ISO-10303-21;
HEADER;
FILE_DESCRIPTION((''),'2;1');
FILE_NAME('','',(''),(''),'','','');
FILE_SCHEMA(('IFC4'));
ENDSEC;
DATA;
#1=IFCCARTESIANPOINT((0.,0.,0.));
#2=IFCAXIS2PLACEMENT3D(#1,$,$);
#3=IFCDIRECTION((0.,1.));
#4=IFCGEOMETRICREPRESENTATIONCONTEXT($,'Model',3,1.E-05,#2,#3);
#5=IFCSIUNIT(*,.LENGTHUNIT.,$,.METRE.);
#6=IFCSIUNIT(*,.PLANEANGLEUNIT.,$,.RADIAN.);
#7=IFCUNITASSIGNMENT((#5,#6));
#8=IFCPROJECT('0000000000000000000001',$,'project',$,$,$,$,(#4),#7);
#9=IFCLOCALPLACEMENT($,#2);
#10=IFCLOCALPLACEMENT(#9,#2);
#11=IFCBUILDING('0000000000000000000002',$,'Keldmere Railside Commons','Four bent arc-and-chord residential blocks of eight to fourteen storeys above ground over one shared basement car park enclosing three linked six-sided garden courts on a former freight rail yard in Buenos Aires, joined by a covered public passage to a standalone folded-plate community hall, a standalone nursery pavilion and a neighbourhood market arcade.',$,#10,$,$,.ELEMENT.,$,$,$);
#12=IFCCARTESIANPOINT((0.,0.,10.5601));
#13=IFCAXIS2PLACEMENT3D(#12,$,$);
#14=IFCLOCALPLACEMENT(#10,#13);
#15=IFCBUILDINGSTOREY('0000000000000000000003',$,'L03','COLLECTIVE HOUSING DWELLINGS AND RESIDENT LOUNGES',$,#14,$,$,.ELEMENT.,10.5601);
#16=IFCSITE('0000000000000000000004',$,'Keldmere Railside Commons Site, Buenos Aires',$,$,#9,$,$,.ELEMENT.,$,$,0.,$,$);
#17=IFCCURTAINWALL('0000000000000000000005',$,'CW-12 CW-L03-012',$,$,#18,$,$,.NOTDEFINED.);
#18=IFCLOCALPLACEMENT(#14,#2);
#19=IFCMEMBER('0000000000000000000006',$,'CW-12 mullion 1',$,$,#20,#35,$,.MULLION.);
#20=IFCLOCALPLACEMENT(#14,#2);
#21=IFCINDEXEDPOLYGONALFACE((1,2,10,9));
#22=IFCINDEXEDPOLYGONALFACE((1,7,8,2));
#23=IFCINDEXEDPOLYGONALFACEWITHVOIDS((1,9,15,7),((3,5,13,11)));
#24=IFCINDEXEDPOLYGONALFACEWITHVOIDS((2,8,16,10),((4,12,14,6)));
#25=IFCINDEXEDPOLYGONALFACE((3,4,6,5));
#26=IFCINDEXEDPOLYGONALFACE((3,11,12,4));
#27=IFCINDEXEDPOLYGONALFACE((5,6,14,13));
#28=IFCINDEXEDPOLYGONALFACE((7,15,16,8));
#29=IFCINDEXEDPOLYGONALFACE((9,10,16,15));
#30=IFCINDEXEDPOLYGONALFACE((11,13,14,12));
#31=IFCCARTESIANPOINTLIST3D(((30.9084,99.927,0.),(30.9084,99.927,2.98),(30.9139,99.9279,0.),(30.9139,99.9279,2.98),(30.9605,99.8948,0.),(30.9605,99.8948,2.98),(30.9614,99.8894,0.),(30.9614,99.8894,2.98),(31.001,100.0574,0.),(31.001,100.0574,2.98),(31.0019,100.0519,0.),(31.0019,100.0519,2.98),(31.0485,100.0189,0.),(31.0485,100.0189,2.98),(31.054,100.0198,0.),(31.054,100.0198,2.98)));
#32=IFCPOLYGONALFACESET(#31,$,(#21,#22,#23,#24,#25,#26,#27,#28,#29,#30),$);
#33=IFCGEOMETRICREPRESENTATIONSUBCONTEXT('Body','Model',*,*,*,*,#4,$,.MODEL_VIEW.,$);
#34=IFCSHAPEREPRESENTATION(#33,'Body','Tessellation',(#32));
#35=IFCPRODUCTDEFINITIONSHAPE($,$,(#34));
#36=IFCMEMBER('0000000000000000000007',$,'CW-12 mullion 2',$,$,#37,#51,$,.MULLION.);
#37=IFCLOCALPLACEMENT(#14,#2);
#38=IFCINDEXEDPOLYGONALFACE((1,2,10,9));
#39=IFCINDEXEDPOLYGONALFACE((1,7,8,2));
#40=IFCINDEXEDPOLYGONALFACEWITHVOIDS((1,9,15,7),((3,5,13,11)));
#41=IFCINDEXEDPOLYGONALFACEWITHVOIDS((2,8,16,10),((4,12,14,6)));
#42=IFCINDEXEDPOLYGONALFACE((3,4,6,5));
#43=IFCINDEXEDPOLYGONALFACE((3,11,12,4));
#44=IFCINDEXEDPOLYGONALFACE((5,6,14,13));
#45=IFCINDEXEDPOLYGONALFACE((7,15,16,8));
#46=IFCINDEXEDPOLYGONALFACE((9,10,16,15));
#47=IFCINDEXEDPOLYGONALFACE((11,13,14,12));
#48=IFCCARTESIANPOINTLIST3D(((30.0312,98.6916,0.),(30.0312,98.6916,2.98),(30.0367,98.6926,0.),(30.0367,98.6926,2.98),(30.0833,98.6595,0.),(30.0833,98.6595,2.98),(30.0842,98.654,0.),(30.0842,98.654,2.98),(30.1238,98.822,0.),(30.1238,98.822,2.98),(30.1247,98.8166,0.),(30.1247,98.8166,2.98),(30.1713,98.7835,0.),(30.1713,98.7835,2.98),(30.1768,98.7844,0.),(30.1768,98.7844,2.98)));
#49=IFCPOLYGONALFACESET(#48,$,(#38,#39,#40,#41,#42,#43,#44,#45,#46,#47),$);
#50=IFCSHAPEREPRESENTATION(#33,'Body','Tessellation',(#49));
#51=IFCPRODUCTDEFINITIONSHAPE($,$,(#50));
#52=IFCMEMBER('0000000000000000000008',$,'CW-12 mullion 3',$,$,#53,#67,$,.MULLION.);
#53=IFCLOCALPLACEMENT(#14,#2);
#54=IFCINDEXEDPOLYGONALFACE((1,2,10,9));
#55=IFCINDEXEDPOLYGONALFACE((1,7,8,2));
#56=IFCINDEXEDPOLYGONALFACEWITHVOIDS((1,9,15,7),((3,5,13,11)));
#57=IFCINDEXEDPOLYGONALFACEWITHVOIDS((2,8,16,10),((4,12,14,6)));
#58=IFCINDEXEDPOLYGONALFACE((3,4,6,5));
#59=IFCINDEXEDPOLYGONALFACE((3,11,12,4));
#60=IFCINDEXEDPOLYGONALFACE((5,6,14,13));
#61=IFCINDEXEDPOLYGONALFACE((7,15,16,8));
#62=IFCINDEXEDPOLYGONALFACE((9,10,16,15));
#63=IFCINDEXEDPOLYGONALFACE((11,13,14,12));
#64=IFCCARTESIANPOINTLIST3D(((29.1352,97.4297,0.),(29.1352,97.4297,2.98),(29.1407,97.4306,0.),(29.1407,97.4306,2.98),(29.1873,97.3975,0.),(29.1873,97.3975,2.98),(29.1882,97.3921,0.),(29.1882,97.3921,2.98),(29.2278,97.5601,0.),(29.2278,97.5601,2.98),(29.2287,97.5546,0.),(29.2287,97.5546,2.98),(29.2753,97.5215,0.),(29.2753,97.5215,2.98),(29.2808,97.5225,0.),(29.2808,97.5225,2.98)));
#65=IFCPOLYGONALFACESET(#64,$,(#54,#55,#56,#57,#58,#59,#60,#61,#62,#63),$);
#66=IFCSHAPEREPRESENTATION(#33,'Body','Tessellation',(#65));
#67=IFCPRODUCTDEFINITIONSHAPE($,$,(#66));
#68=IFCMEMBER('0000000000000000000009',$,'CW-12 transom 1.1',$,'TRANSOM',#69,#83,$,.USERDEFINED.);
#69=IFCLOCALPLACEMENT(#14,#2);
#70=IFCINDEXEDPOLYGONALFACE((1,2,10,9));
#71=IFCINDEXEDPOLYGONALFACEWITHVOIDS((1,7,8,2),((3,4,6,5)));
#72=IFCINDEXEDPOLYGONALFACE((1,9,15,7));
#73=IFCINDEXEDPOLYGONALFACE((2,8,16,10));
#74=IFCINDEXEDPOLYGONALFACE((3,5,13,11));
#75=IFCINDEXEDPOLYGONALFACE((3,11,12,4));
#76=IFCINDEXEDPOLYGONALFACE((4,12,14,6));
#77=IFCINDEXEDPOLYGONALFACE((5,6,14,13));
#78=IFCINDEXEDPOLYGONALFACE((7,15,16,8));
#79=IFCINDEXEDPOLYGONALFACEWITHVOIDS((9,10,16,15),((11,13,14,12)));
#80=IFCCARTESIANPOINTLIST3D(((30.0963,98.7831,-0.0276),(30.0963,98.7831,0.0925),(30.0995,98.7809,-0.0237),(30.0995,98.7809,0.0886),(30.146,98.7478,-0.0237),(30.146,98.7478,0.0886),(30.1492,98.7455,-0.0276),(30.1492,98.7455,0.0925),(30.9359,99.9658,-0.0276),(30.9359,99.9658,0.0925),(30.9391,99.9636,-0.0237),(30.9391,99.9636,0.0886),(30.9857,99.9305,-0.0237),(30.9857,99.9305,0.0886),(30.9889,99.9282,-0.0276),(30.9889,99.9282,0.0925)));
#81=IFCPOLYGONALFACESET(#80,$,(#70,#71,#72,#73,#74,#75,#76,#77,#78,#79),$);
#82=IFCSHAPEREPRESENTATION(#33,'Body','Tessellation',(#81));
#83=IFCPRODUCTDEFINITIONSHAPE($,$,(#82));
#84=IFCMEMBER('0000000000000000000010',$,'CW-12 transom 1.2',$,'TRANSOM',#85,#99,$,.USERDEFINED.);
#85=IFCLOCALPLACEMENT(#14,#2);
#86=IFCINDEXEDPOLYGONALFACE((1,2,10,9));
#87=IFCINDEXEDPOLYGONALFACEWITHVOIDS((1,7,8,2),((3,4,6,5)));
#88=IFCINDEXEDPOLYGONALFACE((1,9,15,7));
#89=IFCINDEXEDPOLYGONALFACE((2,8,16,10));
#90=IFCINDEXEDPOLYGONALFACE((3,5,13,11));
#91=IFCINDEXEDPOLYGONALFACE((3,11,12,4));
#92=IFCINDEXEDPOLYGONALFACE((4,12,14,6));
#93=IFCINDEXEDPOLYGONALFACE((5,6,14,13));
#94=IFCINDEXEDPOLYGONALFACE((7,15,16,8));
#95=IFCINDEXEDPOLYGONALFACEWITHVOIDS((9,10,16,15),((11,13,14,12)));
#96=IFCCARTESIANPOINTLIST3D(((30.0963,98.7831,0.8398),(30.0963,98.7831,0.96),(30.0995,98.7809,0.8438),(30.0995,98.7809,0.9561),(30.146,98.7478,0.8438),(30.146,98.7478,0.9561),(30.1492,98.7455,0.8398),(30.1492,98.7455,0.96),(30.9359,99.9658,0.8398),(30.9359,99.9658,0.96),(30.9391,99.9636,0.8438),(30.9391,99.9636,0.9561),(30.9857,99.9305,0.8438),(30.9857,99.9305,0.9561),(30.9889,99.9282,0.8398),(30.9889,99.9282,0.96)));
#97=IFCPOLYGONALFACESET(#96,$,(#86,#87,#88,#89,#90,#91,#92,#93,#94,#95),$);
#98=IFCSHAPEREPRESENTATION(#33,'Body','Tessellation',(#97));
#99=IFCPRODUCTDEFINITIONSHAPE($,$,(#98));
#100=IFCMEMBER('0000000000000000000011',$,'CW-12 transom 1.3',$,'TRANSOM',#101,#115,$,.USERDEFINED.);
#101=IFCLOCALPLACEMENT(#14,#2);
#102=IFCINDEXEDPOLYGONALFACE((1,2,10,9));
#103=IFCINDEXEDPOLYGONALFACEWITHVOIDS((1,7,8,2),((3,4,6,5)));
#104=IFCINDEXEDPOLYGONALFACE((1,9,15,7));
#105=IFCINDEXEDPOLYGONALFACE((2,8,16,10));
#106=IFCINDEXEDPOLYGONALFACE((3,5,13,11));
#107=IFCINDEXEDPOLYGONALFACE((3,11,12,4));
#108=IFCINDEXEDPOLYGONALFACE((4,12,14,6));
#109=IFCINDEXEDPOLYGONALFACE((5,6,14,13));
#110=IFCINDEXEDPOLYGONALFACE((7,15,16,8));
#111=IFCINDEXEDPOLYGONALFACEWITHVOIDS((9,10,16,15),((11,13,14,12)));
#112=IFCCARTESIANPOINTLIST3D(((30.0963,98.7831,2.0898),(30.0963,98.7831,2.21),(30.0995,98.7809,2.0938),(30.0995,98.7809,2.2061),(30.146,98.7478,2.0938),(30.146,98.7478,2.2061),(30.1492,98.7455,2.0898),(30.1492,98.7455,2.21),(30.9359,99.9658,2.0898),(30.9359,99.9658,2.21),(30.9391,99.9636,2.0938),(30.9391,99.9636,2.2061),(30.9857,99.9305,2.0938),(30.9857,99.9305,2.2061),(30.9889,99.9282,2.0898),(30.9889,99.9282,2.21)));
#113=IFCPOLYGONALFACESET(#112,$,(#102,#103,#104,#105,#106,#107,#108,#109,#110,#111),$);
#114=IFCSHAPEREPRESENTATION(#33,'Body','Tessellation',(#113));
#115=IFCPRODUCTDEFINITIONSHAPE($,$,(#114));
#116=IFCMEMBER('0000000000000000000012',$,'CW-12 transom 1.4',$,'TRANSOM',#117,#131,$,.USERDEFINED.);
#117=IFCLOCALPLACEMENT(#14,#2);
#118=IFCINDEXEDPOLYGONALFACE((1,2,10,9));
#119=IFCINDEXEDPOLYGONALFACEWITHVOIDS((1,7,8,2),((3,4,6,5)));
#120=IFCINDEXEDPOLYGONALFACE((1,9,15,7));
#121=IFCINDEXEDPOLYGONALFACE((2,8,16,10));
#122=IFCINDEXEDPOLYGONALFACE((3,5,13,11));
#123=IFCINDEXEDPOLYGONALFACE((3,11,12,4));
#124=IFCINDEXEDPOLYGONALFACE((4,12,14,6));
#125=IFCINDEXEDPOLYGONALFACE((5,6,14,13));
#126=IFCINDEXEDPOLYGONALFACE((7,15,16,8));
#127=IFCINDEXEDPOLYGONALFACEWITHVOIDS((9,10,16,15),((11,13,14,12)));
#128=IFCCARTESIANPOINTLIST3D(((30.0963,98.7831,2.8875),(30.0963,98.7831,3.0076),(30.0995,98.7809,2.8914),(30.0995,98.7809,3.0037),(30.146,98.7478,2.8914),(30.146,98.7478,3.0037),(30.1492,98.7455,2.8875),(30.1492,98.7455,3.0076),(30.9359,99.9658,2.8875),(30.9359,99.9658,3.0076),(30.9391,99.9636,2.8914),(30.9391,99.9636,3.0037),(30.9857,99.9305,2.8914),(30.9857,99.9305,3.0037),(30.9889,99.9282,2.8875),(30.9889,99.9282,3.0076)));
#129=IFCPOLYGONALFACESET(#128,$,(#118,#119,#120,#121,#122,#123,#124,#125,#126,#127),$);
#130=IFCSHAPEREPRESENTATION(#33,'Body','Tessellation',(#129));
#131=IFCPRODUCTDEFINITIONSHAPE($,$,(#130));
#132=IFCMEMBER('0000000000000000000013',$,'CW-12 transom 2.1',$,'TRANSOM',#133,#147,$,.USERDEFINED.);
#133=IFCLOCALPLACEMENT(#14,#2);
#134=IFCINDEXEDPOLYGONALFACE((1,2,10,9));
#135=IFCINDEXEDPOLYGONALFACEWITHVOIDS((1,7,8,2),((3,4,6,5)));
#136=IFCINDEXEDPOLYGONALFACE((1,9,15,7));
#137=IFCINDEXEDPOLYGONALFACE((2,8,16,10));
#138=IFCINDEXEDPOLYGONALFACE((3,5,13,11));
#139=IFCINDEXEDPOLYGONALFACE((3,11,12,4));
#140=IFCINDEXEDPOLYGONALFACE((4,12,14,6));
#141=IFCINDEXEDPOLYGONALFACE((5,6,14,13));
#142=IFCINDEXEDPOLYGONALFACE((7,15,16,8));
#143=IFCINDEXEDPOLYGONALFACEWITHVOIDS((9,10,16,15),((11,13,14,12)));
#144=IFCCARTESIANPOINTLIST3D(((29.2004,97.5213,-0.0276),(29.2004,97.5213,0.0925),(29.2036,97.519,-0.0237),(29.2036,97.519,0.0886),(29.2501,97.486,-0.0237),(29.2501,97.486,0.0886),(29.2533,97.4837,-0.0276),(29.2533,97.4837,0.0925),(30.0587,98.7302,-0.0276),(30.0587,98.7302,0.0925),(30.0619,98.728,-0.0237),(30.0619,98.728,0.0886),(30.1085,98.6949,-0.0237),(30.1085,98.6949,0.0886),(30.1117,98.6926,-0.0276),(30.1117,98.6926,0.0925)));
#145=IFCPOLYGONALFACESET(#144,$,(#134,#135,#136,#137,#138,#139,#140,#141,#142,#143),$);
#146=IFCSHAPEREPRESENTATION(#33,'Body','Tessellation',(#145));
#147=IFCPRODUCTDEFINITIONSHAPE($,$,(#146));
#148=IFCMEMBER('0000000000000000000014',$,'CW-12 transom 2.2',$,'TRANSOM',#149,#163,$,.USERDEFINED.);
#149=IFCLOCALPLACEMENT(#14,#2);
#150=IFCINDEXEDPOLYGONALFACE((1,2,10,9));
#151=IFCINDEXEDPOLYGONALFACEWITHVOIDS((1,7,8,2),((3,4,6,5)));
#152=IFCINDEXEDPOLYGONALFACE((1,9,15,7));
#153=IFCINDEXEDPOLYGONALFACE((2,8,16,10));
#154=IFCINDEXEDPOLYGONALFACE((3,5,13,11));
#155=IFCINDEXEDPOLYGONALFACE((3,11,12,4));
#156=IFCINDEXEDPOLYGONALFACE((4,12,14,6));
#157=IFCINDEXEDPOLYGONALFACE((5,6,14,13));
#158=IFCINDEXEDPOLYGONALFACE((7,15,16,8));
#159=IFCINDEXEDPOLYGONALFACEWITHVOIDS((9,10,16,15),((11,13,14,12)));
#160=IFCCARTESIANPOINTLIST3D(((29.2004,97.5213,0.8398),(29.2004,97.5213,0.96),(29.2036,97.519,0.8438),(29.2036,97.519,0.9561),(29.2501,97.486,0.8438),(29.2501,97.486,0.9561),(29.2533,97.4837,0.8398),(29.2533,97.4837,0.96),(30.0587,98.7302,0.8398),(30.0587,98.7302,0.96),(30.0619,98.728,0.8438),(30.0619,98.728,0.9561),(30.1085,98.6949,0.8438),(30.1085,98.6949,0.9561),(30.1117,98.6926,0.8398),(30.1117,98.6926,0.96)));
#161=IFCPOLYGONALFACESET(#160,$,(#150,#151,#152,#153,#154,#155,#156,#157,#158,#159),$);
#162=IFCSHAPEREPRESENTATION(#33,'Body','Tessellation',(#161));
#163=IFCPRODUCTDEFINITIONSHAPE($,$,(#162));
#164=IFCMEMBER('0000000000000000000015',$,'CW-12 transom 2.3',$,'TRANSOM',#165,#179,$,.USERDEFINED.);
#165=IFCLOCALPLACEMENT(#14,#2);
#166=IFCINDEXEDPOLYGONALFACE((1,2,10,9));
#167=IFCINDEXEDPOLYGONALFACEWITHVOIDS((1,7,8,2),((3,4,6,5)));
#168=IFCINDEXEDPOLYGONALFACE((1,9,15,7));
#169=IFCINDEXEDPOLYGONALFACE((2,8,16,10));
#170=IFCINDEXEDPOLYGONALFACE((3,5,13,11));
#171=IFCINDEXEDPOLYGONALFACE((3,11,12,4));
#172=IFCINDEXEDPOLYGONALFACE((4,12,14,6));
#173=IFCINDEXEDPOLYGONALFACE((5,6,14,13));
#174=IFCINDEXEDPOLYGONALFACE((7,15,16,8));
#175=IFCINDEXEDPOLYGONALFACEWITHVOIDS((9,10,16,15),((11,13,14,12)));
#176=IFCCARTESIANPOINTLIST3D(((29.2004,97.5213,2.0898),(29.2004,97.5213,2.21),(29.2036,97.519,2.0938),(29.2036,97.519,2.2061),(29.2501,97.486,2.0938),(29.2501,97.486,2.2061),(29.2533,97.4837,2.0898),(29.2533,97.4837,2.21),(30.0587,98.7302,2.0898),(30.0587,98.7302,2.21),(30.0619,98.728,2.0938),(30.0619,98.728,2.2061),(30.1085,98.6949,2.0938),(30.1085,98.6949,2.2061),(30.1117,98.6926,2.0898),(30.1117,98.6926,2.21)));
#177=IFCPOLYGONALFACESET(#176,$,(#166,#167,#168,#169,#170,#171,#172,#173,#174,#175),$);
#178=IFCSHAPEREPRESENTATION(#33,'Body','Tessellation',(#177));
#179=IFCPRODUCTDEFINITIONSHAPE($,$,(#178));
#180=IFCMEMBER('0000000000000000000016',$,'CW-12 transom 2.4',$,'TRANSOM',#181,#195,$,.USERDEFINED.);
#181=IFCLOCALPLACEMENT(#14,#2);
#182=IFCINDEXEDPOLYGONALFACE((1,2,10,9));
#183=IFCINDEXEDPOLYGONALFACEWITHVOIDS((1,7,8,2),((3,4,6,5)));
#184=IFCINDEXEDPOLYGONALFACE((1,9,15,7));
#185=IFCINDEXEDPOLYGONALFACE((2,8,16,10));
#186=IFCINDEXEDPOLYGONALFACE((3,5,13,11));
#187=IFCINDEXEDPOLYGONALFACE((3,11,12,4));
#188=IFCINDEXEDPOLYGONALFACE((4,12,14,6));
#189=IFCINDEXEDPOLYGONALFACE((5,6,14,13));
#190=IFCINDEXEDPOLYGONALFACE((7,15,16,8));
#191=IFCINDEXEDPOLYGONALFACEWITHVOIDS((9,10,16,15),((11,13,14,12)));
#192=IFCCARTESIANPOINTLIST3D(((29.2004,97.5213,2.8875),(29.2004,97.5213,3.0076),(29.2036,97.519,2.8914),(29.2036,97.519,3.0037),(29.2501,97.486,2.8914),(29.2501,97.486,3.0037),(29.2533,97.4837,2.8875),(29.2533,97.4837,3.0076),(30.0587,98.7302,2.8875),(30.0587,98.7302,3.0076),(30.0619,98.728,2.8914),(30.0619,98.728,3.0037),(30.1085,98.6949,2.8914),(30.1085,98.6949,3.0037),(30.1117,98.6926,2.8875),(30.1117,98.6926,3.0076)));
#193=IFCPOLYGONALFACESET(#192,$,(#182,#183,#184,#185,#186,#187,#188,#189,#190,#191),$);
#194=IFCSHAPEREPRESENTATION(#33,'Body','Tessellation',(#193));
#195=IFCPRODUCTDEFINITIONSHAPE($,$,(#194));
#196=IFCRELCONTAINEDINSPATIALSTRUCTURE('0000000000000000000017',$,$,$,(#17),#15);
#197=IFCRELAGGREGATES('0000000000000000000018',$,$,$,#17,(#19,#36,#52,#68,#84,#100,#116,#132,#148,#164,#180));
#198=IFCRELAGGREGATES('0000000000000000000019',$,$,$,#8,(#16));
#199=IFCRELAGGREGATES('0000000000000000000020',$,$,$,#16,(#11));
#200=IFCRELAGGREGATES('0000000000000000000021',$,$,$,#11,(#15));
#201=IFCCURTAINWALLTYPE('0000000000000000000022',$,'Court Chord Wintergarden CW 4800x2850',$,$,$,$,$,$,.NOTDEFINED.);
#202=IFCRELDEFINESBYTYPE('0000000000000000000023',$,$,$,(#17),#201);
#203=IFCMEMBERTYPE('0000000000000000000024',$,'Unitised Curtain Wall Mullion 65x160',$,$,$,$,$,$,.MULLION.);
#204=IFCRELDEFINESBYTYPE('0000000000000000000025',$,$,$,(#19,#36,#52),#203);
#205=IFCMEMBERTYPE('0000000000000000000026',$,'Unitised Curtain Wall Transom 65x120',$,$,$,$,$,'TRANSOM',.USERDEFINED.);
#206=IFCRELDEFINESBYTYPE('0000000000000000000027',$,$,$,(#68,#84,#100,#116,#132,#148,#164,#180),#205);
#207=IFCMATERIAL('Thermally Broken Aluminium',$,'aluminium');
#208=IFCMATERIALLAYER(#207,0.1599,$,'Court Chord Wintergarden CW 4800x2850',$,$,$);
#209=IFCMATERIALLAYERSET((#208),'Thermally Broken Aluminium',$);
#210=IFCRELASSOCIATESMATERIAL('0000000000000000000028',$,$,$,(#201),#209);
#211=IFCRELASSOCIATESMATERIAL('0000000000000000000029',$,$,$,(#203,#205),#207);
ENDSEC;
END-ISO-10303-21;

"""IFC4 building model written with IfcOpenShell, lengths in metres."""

from ifc_helpers import new_model, si_unit, direction, frame, origin, origin_2d, place, context, subcontext, project, spatial, hollow_rectangle, extrude, material, layer, layer_set, material_profile, profile_set, type_object, element, aggregate, save


model = new_model("IFC4")

# Units and contexts
model_context = context("Model", 3, precision=1e-05, world=origin(), true_north=direction((0.0, 1.0)))
body_context = subcontext(model_context, "Body", "Model", "MODEL_VIEW")
ifc_project = project(units=[si_unit("LENGTHUNIT", "METRE"), si_unit("PLANEANGLEUNIT", "RADIAN")], contexts=[model_context])

# Site, building, storey
site_placement = place(None, origin())
site = spatial("IfcSite", under=ifc_project, at=site_placement, Name="Keldmere Railside Commons Site, Buenos Aires", CompositionType="ELEMENT", RefElevation=0.0)
building_placement = place(site_placement, origin())
building = spatial("IfcBuilding", under=site, at=building_placement, Name="Keldmere Railside Commons", Description="Four bent arc-and-chord residential blocks of eight to fourteen storeys above ground over one shared basement car park enclosing three linked six-sided garden courts on a former freight rail yard in Buenos Aires, joined by a covered public passage to a standalone folded-plate community hall, a standalone nursery pavilion and a neighbourhood market arcade.", CompositionType="ELEMENT")
storey_placement = place(building_placement, frame((0.0, 0.0, 10.5601)))
storey = spatial("IfcBuildingStorey", under=building, at=storey_placement, Name="L03", Description="COLLECTIVE HOUSING DWELLINGS AND RESIDENT LOUNGES", CompositionType="ELEMENT", Elevation=10.5601)

# Curtain wall, members
ifc_material_1 = material(Name="Thermally Broken Aluminium", Category="aluminium")
ifc_layer_1 = layer(ifc_material_1, 0.1599, Name="Court Chord Wintergarden CW 4800x2850")
ifc_layer_set_1 = layer_set([ifc_layer_1], Name="Thermally Broken Aluminium")
curtain_wall_type = type_object("IfcCurtainWallType", Name="Court Chord Wintergarden CW 4800x2850", PredefinedType="NOTDEFINED", material=ifc_layer_set_1)
curtain_wall_placement = place(storey_placement, origin())
curtain_wall = element("IfcCurtainWall", 1, at=curtain_wall_placement, inside=storey, type_object=curtain_wall_type, Name="CW-12 CW-L03-012", PredefinedType="NOTDEFINED")
ifc_material_profile_1 = material_profile(ifc_material_1, hollow_rectangle(XDim=0.0649, YDim=0.1599, WallThickness=0.0039, at=origin_2d()), Name="ALU-MULL-65x160")
ifc_profile_set_1 = profile_set([ifc_material_profile_1], Name="Thermally Broken Aluminium")
member_type_1 = type_object("IfcMemberType", Name="Unitised Curtain Wall Mullion 65x160", PredefinedType="MULLION", material=ifc_profile_set_1)
member_1_placement = place(storey_placement, frame((30.9812, 99.9734, 0.0), z_axis=(0.0, 0.0, 1.0), x_axis=(0.815389, -0.578913, 0.0)))
member_1 = element("IfcMember", 2, at=member_1_placement, type_object=member_type_1, Name="CW-12 mullion 1", PredefinedType="MULLION", context=body_context, shape_type="SweptSolid", body=[
    extrude(hollow_rectangle(XDim=0.0649, YDim=0.1599, WallThickness=0.0039, at=origin_2d()), origin(), (0.0, 0.0, 1.0), 2.98),
])
member_2_placement = place(storey_placement, frame((30.104, 98.738, 0.0), z_axis=(0.0, 0.0, 1.0), x_axis=(0.815389, -0.578913, 0.0)))
member_2 = element("IfcMember", 3, at=member_2_placement, type_object=member_type_1, Name="CW-12 mullion 2", PredefinedType="MULLION", context=body_context, shape_type="SweptSolid", body=[
    extrude(hollow_rectangle(XDim=0.0649, YDim=0.1599, WallThickness=0.0039, at=origin_2d()), origin(), (0.0, 0.0, 1.0), 2.98),
])
member_3_placement = place(storey_placement, frame((29.208, 97.4761, 0.0), z_axis=(0.0, 0.0, 1.0), x_axis=(0.815389, -0.578913, 0.0)))
member_3 = element("IfcMember", 4, at=member_3_placement, type_object=member_type_1, Name="CW-12 mullion 3", PredefinedType="MULLION", context=body_context, shape_type="SweptSolid", body=[
    extrude(hollow_rectangle(XDim=0.0649, YDim=0.1599, WallThickness=0.0039, at=origin_2d()), origin(), (0.0, 0.0, 1.0), 2.98),
])
ifc_material_profile_2 = material_profile(ifc_material_1, hollow_rectangle(XDim=0.0649, YDim=0.1201, WallThickness=0.0039, at=origin_2d()), Name="ALU-TRAN-65x120")
ifc_profile_set_2 = profile_set([ifc_material_profile_2], Name="Thermally Broken Aluminium")
member_type_2 = type_object("IfcMemberType", Name="Unitised Curtain Wall Transom 65x120", ElementType="TRANSOM", PredefinedType="USERDEFINED", material=ifc_profile_set_2)
member_4_placement = place(storey_placement, frame((30.9624, 99.947, 0.0325), z_axis=(-0.578895, -0.815402, 0.0), x_axis=(0.815402, -0.578895, 0.0)))
member_4 = element("IfcMember", 5, at=member_4_placement, type_object=member_type_2, Name="CW-12 transom 1.1", ObjectType="TRANSOM", PredefinedType="USERDEFINED", context=body_context, shape_type="SweptSolid", body=[
    extrude(hollow_rectangle(XDim=0.0649, YDim=0.1201, WallThickness=0.0039, at=origin_2d()), origin(), (0.0, 0.0, 1.0), 1.4504),
])
member_5_placement = place(storey_placement, frame((30.9624, 99.947, 0.8999), z_axis=(-0.578895, -0.815402, 0.0), x_axis=(0.815402, -0.578895, 0.0)))
member_5 = element("IfcMember", 6, at=member_5_placement, type_object=member_type_2, Name="CW-12 transom 1.2", ObjectType="TRANSOM", PredefinedType="USERDEFINED", context=body_context, shape_type="SweptSolid", body=[
    extrude(hollow_rectangle(XDim=0.0649, YDim=0.1201, WallThickness=0.0039, at=origin_2d()), origin(), (0.0, 0.0, 1.0), 1.4504),
])
member_6_placement = place(storey_placement, frame((30.9624, 99.947, 2.1499), z_axis=(-0.578895, -0.815402, 0.0), x_axis=(0.815402, -0.578895, 0.0)))
member_6 = element("IfcMember", 7, at=member_6_placement, type_object=member_type_2, Name="CW-12 transom 1.3", ObjectType="TRANSOM", PredefinedType="USERDEFINED", context=body_context, shape_type="SweptSolid", body=[
    extrude(hollow_rectangle(XDim=0.0649, YDim=0.1201, WallThickness=0.0039, at=origin_2d()), origin(), (0.0, 0.0, 1.0), 1.4504),
])
member_7_placement = place(storey_placement, frame((30.9624, 99.947, 2.9475), z_axis=(-0.578895, -0.815402, 0.0), x_axis=(0.815402, -0.578895, 0.0)))
member_7 = element("IfcMember", 8, at=member_7_placement, type_object=member_type_2, Name="CW-12 transom 1.4", ObjectType="TRANSOM", PredefinedType="USERDEFINED", context=body_context, shape_type="SweptSolid", body=[
    extrude(hollow_rectangle(XDim=0.0649, YDim=0.1201, WallThickness=0.0039, at=origin_2d()), origin(), (0.0, 0.0, 1.0), 1.4504),
])
member_8_placement = place(storey_placement, frame((30.0852, 98.7114, 0.0325), z_axis=(-0.578931, -0.815377, 0.0), x_axis=(0.815377, -0.578931, 0.0)))
member_8 = element("IfcMember", 9, at=member_8_placement, type_object=member_type_2, Name="CW-12 transom 2.1", ObjectType="TRANSOM", PredefinedType="USERDEFINED", context=body_context, shape_type="SweptSolid", body=[
    extrude(hollow_rectangle(XDim=0.0649, YDim=0.1201, WallThickness=0.0039, at=origin_2d()), origin(), (0.0, 0.0, 1.0), 1.4827),
])
member_9_placement = place(storey_placement, frame((30.0852, 98.7114, 0.8999), z_axis=(-0.578931, -0.815377, 0.0), x_axis=(0.815377, -0.578931, 0.0)))
member_9 = element("IfcMember", 10, at=member_9_placement, type_object=member_type_2, Name="CW-12 transom 2.2", ObjectType="TRANSOM", PredefinedType="USERDEFINED", context=body_context, shape_type="SweptSolid", body=[
    extrude(hollow_rectangle(XDim=0.0649, YDim=0.1201, WallThickness=0.0039, at=origin_2d()), origin(), (0.0, 0.0, 1.0), 1.4827),
])
member_10_placement = place(storey_placement, frame((30.0852, 98.7114, 2.1499), z_axis=(-0.578931, -0.815377, 0.0), x_axis=(0.815377, -0.578931, 0.0)))
member_10 = element("IfcMember", 11, at=member_10_placement, type_object=member_type_2, Name="CW-12 transom 2.3", ObjectType="TRANSOM", PredefinedType="USERDEFINED", context=body_context, shape_type="SweptSolid", body=[
    extrude(hollow_rectangle(XDim=0.0649, YDim=0.1201, WallThickness=0.0039, at=origin_2d()), origin(), (0.0, 0.0, 1.0), 1.4827),
])
member_11_placement = place(storey_placement, frame((30.0852, 98.7114, 2.9475), z_axis=(-0.578931, -0.815377, 0.0), x_axis=(0.815377, -0.578931, 0.0)))
member_11 = element("IfcMember", 12, at=member_11_placement, type_object=member_type_2, Name="CW-12 transom 2.4", ObjectType="TRANSOM", PredefinedType="USERDEFINED", context=body_context, shape_type="SweptSolid", body=[
    extrude(hollow_rectangle(XDim=0.0649, YDim=0.1201, WallThickness=0.0039, at=origin_2d()), origin(), (0.0, 0.0, 1.0), 1.4827),
])
aggregate(curtain_wall, [member_1, member_2, member_3, member_4, member_5, member_6, member_7, member_8, member_9, member_10, member_11])

save(model, "model.ifc")
